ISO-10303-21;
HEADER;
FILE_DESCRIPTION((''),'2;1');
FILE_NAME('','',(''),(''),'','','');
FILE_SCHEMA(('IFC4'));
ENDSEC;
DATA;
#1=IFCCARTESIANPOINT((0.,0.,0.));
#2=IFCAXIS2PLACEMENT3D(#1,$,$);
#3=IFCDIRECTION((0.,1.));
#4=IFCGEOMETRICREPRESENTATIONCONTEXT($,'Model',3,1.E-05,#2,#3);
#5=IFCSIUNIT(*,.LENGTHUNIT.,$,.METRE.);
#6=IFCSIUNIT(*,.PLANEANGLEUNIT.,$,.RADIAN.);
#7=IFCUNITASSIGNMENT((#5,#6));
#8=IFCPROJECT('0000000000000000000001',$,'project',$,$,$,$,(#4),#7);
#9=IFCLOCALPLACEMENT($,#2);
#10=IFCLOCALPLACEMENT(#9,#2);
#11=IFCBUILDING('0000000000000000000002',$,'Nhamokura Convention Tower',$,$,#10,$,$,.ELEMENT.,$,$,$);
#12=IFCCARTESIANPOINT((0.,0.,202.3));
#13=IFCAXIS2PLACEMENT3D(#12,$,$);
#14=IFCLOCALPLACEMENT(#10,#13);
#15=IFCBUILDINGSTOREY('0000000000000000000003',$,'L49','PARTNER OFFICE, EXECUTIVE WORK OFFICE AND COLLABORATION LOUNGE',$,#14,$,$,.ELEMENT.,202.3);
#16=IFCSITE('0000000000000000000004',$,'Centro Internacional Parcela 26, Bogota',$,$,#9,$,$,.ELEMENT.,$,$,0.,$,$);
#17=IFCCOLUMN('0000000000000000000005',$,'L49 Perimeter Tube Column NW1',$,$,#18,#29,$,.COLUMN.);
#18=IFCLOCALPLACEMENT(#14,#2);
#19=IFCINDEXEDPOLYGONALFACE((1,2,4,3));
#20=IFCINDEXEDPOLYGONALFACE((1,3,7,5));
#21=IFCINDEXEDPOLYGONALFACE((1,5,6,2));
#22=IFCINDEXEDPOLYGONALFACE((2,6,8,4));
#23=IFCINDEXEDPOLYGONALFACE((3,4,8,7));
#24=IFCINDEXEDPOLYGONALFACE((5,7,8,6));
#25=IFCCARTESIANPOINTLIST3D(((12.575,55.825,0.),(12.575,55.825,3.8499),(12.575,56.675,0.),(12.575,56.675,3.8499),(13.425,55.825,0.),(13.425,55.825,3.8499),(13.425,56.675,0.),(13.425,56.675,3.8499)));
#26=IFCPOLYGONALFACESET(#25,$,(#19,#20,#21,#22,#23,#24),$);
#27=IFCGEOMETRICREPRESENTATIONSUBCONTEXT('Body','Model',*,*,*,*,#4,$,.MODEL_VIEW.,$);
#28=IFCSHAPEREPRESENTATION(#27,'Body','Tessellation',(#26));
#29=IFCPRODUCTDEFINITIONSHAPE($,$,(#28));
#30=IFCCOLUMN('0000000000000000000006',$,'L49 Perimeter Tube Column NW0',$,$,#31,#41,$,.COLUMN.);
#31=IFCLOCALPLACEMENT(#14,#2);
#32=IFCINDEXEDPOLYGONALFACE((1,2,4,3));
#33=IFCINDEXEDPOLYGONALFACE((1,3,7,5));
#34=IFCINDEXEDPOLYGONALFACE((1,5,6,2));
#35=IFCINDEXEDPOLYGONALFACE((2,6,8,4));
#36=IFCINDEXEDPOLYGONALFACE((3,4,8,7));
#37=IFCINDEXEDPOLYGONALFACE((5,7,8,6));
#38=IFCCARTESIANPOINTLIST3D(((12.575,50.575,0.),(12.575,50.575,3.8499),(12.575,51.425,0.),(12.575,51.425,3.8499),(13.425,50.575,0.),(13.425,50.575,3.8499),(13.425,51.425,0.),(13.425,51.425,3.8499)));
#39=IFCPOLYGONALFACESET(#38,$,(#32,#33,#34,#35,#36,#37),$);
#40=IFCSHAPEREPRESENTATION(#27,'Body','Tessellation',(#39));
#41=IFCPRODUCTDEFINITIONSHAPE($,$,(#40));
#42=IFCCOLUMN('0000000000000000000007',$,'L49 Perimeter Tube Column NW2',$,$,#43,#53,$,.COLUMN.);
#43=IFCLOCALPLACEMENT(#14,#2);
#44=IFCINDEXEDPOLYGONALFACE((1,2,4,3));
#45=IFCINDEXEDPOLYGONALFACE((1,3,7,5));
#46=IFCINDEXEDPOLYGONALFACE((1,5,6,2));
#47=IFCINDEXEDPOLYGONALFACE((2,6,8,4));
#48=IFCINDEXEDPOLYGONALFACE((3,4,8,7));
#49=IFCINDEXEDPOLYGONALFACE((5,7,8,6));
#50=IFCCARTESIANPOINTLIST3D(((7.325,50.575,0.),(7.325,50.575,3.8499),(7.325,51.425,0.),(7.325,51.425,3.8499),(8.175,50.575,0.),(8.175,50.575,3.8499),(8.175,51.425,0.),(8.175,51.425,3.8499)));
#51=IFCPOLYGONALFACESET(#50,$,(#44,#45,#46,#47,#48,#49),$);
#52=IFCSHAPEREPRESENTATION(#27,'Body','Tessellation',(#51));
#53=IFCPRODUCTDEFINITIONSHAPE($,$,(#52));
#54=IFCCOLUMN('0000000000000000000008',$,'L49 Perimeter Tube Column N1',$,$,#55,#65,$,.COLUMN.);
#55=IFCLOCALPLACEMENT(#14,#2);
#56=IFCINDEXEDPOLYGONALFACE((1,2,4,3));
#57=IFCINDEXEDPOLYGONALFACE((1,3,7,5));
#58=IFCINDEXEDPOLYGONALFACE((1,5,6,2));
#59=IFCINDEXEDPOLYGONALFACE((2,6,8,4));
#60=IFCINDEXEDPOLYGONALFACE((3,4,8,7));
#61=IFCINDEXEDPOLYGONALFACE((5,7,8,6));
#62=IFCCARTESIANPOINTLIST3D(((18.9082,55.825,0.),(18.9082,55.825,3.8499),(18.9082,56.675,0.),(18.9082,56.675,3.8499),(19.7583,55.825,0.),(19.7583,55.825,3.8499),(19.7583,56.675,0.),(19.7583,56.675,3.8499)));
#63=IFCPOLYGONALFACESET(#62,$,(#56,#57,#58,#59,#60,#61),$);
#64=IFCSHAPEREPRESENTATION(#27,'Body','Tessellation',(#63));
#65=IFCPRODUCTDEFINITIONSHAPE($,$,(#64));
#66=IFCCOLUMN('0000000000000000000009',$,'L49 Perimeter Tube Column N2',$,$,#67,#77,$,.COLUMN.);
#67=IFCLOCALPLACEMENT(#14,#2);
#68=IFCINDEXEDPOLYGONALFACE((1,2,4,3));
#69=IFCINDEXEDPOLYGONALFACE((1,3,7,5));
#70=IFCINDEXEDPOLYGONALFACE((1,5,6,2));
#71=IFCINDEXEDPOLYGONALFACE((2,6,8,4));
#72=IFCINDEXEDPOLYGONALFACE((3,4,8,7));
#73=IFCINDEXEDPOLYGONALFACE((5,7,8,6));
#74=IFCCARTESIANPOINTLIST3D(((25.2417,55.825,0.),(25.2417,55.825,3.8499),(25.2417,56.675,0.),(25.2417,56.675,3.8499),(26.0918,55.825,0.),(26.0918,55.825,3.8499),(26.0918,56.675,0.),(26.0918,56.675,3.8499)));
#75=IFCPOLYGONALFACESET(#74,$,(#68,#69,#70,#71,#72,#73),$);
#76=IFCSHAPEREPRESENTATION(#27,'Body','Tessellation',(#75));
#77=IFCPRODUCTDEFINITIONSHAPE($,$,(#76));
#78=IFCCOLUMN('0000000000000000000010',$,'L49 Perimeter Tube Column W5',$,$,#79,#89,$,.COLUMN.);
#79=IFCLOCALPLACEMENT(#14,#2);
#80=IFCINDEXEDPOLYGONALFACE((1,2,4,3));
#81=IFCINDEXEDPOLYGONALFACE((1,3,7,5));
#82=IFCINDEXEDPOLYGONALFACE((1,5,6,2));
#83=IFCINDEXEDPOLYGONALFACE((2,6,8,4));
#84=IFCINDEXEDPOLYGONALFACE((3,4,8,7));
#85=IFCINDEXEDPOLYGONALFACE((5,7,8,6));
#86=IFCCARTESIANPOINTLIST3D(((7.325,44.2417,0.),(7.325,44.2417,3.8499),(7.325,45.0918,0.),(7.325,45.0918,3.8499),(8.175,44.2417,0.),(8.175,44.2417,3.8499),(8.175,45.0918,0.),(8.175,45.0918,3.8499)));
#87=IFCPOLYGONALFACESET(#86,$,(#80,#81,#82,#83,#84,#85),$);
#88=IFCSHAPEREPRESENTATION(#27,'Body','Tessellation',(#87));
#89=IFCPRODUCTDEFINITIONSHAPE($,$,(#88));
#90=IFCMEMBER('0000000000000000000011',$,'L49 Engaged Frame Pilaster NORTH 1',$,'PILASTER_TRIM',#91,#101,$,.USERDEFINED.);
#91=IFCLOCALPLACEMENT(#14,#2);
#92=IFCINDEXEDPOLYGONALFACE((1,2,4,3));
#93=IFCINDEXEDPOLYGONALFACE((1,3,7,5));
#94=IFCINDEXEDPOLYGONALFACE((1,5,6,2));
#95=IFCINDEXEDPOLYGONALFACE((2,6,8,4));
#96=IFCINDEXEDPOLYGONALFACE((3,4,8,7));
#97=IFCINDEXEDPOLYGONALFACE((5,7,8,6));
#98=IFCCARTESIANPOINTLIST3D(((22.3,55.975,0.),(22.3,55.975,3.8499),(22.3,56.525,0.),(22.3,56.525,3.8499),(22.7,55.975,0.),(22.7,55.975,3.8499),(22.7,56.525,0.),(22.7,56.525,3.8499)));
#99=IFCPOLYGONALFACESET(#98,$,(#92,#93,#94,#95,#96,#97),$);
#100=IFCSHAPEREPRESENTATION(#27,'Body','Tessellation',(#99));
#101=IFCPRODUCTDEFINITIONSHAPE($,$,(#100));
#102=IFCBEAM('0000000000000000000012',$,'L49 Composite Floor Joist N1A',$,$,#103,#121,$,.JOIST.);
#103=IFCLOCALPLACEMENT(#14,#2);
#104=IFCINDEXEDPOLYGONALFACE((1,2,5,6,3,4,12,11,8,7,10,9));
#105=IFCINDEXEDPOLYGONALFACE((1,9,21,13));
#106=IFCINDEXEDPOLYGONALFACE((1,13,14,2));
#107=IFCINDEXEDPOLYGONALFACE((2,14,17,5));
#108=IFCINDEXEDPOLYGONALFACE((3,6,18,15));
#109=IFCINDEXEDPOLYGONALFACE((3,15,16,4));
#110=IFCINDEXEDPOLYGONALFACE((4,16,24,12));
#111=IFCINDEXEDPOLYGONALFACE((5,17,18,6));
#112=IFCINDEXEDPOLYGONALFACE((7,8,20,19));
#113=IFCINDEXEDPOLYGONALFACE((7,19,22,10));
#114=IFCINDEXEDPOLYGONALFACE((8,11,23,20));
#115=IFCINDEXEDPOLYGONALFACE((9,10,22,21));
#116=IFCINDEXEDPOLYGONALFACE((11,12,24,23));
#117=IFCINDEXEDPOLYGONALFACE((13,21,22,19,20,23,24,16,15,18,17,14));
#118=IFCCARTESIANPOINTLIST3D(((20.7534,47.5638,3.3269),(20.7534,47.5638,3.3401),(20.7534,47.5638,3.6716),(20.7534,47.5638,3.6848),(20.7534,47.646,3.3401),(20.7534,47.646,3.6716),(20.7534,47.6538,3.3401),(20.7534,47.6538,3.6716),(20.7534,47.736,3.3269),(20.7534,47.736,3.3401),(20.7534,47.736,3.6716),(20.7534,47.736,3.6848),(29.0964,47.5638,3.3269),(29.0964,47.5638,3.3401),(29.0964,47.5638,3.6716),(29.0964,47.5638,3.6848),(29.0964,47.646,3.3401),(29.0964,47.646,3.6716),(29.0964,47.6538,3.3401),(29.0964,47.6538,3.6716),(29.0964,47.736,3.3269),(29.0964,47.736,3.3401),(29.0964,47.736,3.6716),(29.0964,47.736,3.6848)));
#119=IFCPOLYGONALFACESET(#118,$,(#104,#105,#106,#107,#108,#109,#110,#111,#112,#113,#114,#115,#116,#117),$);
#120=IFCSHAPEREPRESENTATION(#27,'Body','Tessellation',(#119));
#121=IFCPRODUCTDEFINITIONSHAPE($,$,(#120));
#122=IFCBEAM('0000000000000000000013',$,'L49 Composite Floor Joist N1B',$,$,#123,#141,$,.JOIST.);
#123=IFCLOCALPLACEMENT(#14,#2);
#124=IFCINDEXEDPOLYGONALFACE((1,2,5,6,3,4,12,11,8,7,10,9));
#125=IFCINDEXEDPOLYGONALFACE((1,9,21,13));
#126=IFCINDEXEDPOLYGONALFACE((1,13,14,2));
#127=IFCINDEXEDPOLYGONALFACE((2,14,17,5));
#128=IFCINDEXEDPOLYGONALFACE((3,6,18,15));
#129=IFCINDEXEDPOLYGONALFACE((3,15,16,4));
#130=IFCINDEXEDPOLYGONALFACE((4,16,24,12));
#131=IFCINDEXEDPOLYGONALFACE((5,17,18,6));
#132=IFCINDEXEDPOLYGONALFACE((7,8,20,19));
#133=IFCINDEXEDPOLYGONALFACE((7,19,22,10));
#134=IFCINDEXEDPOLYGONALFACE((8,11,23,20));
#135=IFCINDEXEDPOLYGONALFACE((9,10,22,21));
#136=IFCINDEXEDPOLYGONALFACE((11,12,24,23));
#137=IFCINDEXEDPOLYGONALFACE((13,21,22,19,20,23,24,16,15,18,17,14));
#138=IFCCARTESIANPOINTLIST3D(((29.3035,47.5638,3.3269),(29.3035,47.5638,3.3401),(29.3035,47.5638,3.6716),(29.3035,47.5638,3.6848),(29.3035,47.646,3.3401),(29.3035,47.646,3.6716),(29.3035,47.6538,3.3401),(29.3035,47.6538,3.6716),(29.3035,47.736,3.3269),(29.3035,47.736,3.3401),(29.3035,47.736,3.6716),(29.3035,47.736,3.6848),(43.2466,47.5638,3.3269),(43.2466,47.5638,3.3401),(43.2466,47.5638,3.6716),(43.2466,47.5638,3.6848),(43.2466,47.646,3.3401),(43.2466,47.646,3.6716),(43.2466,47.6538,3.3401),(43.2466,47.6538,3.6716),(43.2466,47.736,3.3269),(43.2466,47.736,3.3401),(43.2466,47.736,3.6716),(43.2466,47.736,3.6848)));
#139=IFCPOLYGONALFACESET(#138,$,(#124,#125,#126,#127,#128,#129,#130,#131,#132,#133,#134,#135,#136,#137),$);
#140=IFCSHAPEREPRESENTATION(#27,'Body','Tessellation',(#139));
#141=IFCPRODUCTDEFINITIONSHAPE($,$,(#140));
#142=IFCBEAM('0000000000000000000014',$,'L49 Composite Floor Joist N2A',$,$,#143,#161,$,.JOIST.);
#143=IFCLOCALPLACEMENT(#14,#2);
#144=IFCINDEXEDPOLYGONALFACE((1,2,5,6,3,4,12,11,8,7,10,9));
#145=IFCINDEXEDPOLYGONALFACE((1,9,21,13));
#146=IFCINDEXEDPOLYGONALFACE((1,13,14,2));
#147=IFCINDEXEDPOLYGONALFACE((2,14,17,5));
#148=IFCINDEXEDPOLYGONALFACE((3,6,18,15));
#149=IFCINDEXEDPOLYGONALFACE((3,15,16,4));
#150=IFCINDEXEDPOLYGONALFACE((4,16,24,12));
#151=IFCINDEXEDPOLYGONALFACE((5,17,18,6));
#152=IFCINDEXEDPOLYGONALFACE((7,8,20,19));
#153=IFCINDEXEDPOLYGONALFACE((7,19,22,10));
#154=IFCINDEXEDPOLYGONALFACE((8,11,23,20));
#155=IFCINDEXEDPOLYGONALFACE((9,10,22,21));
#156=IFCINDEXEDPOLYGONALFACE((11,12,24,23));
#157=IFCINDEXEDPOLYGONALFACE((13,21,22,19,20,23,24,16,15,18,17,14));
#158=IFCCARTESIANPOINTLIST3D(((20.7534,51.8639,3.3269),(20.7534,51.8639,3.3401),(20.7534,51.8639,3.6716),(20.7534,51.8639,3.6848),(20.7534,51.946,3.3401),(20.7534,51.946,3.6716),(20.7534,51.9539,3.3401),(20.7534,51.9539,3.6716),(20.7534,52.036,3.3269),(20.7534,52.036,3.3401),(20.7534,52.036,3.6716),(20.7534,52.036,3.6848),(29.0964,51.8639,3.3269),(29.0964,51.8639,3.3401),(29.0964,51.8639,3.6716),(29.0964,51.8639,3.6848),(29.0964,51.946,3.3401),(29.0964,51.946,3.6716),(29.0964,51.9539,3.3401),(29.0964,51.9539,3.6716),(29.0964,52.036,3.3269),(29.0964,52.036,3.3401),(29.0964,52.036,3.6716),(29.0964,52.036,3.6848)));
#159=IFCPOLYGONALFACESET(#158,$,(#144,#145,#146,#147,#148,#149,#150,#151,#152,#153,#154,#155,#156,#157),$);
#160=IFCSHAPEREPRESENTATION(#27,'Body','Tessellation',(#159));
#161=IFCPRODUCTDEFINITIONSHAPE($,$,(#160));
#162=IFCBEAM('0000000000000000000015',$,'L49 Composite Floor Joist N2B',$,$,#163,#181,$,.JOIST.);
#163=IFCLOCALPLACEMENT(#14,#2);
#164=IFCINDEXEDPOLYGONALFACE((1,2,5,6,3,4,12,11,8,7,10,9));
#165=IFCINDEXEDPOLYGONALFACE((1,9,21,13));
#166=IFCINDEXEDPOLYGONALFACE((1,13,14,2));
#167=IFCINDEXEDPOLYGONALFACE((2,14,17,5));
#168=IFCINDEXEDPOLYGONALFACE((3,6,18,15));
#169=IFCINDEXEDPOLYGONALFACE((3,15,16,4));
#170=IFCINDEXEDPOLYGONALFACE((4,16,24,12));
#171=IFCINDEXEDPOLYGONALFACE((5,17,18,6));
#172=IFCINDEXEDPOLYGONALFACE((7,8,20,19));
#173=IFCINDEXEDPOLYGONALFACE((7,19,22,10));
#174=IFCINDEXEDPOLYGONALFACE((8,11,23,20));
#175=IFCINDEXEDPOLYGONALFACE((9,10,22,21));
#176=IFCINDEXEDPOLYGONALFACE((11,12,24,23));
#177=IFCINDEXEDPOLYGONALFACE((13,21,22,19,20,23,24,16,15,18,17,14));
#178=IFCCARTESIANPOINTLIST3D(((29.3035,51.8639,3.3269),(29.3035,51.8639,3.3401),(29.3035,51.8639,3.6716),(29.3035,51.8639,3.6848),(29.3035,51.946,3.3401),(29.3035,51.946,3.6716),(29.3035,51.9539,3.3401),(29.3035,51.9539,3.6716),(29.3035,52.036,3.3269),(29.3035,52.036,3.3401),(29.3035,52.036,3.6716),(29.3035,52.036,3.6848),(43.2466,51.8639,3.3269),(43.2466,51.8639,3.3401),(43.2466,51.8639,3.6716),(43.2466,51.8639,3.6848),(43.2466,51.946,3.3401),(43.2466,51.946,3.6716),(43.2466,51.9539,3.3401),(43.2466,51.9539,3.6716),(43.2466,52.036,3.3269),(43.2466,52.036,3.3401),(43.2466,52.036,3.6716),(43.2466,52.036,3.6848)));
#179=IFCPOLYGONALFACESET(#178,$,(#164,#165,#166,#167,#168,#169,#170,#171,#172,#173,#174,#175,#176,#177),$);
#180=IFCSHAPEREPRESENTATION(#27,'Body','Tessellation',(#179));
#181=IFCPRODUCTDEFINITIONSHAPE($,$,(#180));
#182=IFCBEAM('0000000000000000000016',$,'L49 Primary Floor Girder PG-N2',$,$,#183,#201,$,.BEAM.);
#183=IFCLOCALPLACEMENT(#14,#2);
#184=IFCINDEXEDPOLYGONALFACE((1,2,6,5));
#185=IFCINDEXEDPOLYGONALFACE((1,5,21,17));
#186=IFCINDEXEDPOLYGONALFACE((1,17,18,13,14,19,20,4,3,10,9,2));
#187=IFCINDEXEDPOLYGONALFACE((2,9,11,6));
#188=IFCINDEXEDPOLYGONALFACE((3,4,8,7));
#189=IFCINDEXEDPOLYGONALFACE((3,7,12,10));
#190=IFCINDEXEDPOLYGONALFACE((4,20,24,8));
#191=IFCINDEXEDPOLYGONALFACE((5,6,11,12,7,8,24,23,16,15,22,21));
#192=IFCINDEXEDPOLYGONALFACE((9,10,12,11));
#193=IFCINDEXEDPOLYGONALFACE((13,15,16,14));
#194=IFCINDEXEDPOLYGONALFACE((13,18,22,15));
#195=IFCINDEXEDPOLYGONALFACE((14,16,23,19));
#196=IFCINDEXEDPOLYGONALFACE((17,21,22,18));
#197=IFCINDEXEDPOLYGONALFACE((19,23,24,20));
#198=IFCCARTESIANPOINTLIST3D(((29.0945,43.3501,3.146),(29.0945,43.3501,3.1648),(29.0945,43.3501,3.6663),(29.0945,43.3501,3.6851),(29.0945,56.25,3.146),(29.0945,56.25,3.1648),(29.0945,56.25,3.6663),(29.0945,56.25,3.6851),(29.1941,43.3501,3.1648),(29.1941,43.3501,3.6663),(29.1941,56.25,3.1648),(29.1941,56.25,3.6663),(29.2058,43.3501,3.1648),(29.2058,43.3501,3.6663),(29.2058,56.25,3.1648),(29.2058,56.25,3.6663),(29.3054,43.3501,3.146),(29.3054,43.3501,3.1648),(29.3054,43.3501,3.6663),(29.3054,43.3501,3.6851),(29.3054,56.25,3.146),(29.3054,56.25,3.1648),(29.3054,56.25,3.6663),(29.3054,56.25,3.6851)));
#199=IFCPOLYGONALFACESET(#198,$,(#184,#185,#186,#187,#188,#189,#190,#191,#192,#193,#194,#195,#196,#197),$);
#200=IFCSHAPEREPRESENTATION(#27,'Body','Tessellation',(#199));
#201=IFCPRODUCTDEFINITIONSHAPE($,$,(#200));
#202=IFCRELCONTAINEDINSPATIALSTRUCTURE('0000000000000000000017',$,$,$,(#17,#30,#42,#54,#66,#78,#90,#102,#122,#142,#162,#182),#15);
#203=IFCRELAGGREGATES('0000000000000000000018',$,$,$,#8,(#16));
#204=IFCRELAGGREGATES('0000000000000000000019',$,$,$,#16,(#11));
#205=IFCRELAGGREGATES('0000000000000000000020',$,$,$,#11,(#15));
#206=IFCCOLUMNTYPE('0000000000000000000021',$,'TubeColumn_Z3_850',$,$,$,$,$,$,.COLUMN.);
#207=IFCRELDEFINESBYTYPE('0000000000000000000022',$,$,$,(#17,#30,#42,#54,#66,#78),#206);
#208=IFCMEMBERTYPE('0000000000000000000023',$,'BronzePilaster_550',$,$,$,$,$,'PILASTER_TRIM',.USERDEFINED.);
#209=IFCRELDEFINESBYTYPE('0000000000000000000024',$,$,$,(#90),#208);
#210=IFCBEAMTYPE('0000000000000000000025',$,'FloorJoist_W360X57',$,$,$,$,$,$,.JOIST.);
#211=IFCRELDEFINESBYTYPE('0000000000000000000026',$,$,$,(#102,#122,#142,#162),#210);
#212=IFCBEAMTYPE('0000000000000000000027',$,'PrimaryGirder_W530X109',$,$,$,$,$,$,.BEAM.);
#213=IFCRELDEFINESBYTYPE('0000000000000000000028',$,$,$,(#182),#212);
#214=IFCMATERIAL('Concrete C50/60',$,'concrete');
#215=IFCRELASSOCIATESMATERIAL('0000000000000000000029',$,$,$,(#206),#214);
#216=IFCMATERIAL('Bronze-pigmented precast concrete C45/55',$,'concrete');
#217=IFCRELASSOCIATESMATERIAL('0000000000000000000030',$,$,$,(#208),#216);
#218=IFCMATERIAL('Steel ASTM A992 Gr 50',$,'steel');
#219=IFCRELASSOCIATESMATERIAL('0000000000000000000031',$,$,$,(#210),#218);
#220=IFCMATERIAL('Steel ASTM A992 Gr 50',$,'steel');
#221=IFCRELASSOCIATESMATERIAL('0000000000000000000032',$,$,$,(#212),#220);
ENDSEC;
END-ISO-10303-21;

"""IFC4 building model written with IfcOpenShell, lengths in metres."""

from ifc_helpers import new_model, si_unit, direction, frame, origin, origin_2d, place, context, subcontext, project, spatial, rectangle, i_section, extrude, material, material_profile, profile_set, type_object, element, save


model = new_model("IFC4")

# Units and contexts
model_context = context("Model", 3, precision=1e-05, world=origin(), true_north=direction((0.0, 1.0)))
body_context = subcontext(model_context, "Body", "Model", "MODEL_VIEW")
ifc_project = project(units=[si_unit("LENGTHUNIT", "METRE"), si_unit("PLANEANGLEUNIT", "RADIAN")], contexts=[model_context])

# Site, building, storey
site_placement = place(None, origin())
site = spatial("IfcSite", under=ifc_project, at=site_placement, Name="Centro Internacional Parcela 26, Bogota", CompositionType="ELEMENT", RefElevation=0.0)
building_placement = place(site_placement, origin())
building = spatial("IfcBuilding", under=site, at=building_placement, Name="Nhamokura Convention Tower", CompositionType="ELEMENT")
storey_placement = place(building_placement, frame((0.0, 0.0, 202.3)))
storey = spatial("IfcBuildingStorey", under=building, at=storey_placement, Name="L49", Description="PARTNER OFFICE, EXECUTIVE WORK OFFICE AND COLLABORATION LOUNGE", CompositionType="ELEMENT", Elevation=202.3)

# Columns
ifc_material_1 = material(Name="Concrete C50/60", Category="concrete")
ifc_material_profile_1 = material_profile(ifc_material_1, rectangle(XDim=0.8501, YDim=0.8501, at=origin_2d()))
ifc_profile_set_1 = profile_set([ifc_material_profile_1], Name="Concrete C50/60")
column_type = type_object("IfcColumnType", Name="TubeColumn_Z3_850", PredefinedType="COLUMN", material=ifc_profile_set_1)
for number, where, z_axis, x_axis, name in (
    (1, (13.0, 56.25, 0.0), (0.0, 0.0, 1.0), (1.0, 0.0, 0.0), "L49 Perimeter Tube Column NW1"),
    (2, (13.0, 51.0, 0.0), (0.0, 0.0, 1.0), (1.0, 0.0, 0.0), "L49 Perimeter Tube Column NW0"),
    (3, (7.75, 51.0, 0.0), (0.0, 0.0, 1.0), (1.0, 0.0, 0.0), "L49 Perimeter Tube Column NW2"),
    (4, (19.3333, 56.25, 0.0), (0.0, 0.0, 1.0), (1.0, 0.0, 0.0), "L49 Perimeter Tube Column N1"),
    (5, (25.6667, 56.25, 0.0), (0.0, 0.0, 1.0), (1.0, 0.0, 0.0), "L49 Perimeter Tube Column N2"),
    (6, (7.75, 44.6667, 0.0), (0.0, 0.0, 1.0), (1.0, 0.0, 0.0), "L49 Perimeter Tube Column W5"),
):
    element("IfcColumn", number, at=place(storey_placement, frame(where, z_axis=z_axis, x_axis=x_axis)), inside=storey, type_object=column_type, Name=name, PredefinedType="COLUMN", context=body_context, shape_type="SweptSolid", body=[
        extrude(rectangle(XDim=0.8501, YDim=0.8501, at=origin_2d()), origin(), (0.0, 0.0, 1.0), 3.8499),
    ])

# Member
ifc_material_2 = material(Name="Bronze-pigmented precast concrete C45/55", Category="concrete")
ifc_material_profile_2 = material_profile(ifc_material_2, rectangle(XDim=0.3999, YDim=0.55, at=origin_2d()))
ifc_profile_set_2 = profile_set([ifc_material_profile_2], Name="Bronze-pigmented precast concrete C45/55")
member_type_1 = type_object("IfcMemberType", Name="BronzePilaster_550", ElementType="PILASTER_TRIM", PredefinedType="USERDEFINED", material=ifc_profile_set_2)
member_placement = place(storey_placement, frame((22.5, 56.25, 0.0), z_axis=(0.0, 0.0, 1.0), x_axis=(1.0, 0.0, 0.0)))
element("IfcMember", 7, at=member_placement, inside=storey, type_object=member_type_1, Name="L49 Engaged Frame Pilaster NORTH 1", ObjectType="PILASTER_TRIM", PredefinedType="USERDEFINED", context=body_context, shape_type="SweptSolid", body=[
    extrude(rectangle(XDim=0.3999, YDim=0.55, at=origin_2d()), origin(), (0.0, 0.0, 1.0), 3.8499),
])

# Beams
ifc_material_3 = material(Name="Steel ASTM A992 Gr 50", Category="steel")
ifc_material_profile_3 = material_profile(ifc_material_3, i_section(OverallWidth=0.1721, OverallDepth=0.3579, WebThickness=0.0078, FlangeThickness=0.0132, at=origin_2d()))
ifc_profile_set_3 = profile_set([ifc_material_profile_3], Name="Steel ASTM A992 Gr 50")
beam_type_1 = type_object("IfcBeamType", Name="FloorJoist_W360X57", PredefinedType="JOIST", material=ifc_profile_set_3)
beam_1_placement = place(storey_placement, frame((20.7534, 47.6499, 3.5059), z_axis=(1.0, 0.0, 0.0), x_axis=(0.0, 1.0, 0.0)))
element("IfcBeam", 8, at=beam_1_placement, inside=storey, type_object=beam_type_1, Name="L49 Composite Floor Joist N1A", PredefinedType="JOIST", context=body_context, shape_type="SweptSolid", body=[
    extrude(i_section(OverallWidth=0.1721, OverallDepth=0.3579, WebThickness=0.0078, FlangeThickness=0.0132, at=origin_2d()), origin(), (0.0, 0.0, 1.0), 8.343),
])
beam_2_placement = place(storey_placement, frame((29.3035, 47.6499, 3.5059), z_axis=(1.0, 0.0, 0.0), x_axis=(0.0, 1.0, 0.0)))
element("IfcBeam", 9, at=beam_2_placement, inside=storey, type_object=beam_type_1, Name="L49 Composite Floor Joist N1B", PredefinedType="JOIST", context=body_context, shape_type="SweptSolid", body=[
    extrude(i_section(OverallWidth=0.1721, OverallDepth=0.3579, WebThickness=0.0078, FlangeThickness=0.0132, at=origin_2d()), origin(), (0.0, 0.0, 1.0), 13.9431),
])
beam_3_placement = place(storey_placement, frame((20.7534, 51.95, 3.5059), z_axis=(1.0, 0.0, 0.0), x_axis=(0.0, 1.0, 0.0)))
element("IfcBeam", 10, at=beam_3_placement, inside=storey, type_object=beam_type_1, Name="L49 Composite Floor Joist N2A", PredefinedType="JOIST", context=body_context, shape_type="SweptSolid", body=[
    extrude(i_section(OverallWidth=0.1721, OverallDepth=0.3579, WebThickness=0.0078, FlangeThickness=0.0132, at=origin_2d()), origin(), (0.0, 0.0, 1.0), 8.343),
])
beam_4_placement = place(storey_placement, frame((29.3035, 51.95, 3.5059), z_axis=(1.0, 0.0, 0.0), x_axis=(0.0, 1.0, 0.0)))
element("IfcBeam", 11, at=beam_4_placement, inside=storey, type_object=beam_type_1, Name="L49 Composite Floor Joist N2B", PredefinedType="JOIST", context=body_context, shape_type="SweptSolid", body=[
    extrude(i_section(OverallWidth=0.1721, OverallDepth=0.3579, WebThickness=0.0078, FlangeThickness=0.0132, at=origin_2d()), origin(), (0.0, 0.0, 1.0), 13.9431),
])
ifc_material_4 = material(Name="Steel ASTM A992 Gr 50", Category="steel")
ifc_material_profile_4 = material_profile(ifc_material_4, i_section(OverallWidth=0.2109, OverallDepth=0.5391, WebThickness=0.0117, FlangeThickness=0.0188, at=origin_2d()))
ifc_profile_set_4 = profile_set([ifc_material_profile_4], Name="Steel ASTM A992 Gr 50")
beam_type_2 = type_object("IfcBeamType", Name="PrimaryGirder_W530X109", PredefinedType="BEAM", material=ifc_profile_set_4)
beam_5_placement = place(storey_placement, frame((29.2, 43.3501, 3.4155), z_axis=(0.0, 1.0, 0.0), x_axis=(-1.0, 0.0, 0.0)))
element("IfcBeam", 12, at=beam_5_placement, inside=storey, type_object=beam_type_2, Name="L49 Primary Floor Girder PG-N2", PredefinedType="BEAM", context=body_context, shape_type="SweptSolid", body=[
    extrude(i_section(OverallWidth=0.2109, OverallDepth=0.5391, WebThickness=0.0117, FlangeThickness=0.0188, at=origin_2d()), origin(), (0.0, 0.0, 1.0), 12.8999),
])

save(model, "model.ifc")
